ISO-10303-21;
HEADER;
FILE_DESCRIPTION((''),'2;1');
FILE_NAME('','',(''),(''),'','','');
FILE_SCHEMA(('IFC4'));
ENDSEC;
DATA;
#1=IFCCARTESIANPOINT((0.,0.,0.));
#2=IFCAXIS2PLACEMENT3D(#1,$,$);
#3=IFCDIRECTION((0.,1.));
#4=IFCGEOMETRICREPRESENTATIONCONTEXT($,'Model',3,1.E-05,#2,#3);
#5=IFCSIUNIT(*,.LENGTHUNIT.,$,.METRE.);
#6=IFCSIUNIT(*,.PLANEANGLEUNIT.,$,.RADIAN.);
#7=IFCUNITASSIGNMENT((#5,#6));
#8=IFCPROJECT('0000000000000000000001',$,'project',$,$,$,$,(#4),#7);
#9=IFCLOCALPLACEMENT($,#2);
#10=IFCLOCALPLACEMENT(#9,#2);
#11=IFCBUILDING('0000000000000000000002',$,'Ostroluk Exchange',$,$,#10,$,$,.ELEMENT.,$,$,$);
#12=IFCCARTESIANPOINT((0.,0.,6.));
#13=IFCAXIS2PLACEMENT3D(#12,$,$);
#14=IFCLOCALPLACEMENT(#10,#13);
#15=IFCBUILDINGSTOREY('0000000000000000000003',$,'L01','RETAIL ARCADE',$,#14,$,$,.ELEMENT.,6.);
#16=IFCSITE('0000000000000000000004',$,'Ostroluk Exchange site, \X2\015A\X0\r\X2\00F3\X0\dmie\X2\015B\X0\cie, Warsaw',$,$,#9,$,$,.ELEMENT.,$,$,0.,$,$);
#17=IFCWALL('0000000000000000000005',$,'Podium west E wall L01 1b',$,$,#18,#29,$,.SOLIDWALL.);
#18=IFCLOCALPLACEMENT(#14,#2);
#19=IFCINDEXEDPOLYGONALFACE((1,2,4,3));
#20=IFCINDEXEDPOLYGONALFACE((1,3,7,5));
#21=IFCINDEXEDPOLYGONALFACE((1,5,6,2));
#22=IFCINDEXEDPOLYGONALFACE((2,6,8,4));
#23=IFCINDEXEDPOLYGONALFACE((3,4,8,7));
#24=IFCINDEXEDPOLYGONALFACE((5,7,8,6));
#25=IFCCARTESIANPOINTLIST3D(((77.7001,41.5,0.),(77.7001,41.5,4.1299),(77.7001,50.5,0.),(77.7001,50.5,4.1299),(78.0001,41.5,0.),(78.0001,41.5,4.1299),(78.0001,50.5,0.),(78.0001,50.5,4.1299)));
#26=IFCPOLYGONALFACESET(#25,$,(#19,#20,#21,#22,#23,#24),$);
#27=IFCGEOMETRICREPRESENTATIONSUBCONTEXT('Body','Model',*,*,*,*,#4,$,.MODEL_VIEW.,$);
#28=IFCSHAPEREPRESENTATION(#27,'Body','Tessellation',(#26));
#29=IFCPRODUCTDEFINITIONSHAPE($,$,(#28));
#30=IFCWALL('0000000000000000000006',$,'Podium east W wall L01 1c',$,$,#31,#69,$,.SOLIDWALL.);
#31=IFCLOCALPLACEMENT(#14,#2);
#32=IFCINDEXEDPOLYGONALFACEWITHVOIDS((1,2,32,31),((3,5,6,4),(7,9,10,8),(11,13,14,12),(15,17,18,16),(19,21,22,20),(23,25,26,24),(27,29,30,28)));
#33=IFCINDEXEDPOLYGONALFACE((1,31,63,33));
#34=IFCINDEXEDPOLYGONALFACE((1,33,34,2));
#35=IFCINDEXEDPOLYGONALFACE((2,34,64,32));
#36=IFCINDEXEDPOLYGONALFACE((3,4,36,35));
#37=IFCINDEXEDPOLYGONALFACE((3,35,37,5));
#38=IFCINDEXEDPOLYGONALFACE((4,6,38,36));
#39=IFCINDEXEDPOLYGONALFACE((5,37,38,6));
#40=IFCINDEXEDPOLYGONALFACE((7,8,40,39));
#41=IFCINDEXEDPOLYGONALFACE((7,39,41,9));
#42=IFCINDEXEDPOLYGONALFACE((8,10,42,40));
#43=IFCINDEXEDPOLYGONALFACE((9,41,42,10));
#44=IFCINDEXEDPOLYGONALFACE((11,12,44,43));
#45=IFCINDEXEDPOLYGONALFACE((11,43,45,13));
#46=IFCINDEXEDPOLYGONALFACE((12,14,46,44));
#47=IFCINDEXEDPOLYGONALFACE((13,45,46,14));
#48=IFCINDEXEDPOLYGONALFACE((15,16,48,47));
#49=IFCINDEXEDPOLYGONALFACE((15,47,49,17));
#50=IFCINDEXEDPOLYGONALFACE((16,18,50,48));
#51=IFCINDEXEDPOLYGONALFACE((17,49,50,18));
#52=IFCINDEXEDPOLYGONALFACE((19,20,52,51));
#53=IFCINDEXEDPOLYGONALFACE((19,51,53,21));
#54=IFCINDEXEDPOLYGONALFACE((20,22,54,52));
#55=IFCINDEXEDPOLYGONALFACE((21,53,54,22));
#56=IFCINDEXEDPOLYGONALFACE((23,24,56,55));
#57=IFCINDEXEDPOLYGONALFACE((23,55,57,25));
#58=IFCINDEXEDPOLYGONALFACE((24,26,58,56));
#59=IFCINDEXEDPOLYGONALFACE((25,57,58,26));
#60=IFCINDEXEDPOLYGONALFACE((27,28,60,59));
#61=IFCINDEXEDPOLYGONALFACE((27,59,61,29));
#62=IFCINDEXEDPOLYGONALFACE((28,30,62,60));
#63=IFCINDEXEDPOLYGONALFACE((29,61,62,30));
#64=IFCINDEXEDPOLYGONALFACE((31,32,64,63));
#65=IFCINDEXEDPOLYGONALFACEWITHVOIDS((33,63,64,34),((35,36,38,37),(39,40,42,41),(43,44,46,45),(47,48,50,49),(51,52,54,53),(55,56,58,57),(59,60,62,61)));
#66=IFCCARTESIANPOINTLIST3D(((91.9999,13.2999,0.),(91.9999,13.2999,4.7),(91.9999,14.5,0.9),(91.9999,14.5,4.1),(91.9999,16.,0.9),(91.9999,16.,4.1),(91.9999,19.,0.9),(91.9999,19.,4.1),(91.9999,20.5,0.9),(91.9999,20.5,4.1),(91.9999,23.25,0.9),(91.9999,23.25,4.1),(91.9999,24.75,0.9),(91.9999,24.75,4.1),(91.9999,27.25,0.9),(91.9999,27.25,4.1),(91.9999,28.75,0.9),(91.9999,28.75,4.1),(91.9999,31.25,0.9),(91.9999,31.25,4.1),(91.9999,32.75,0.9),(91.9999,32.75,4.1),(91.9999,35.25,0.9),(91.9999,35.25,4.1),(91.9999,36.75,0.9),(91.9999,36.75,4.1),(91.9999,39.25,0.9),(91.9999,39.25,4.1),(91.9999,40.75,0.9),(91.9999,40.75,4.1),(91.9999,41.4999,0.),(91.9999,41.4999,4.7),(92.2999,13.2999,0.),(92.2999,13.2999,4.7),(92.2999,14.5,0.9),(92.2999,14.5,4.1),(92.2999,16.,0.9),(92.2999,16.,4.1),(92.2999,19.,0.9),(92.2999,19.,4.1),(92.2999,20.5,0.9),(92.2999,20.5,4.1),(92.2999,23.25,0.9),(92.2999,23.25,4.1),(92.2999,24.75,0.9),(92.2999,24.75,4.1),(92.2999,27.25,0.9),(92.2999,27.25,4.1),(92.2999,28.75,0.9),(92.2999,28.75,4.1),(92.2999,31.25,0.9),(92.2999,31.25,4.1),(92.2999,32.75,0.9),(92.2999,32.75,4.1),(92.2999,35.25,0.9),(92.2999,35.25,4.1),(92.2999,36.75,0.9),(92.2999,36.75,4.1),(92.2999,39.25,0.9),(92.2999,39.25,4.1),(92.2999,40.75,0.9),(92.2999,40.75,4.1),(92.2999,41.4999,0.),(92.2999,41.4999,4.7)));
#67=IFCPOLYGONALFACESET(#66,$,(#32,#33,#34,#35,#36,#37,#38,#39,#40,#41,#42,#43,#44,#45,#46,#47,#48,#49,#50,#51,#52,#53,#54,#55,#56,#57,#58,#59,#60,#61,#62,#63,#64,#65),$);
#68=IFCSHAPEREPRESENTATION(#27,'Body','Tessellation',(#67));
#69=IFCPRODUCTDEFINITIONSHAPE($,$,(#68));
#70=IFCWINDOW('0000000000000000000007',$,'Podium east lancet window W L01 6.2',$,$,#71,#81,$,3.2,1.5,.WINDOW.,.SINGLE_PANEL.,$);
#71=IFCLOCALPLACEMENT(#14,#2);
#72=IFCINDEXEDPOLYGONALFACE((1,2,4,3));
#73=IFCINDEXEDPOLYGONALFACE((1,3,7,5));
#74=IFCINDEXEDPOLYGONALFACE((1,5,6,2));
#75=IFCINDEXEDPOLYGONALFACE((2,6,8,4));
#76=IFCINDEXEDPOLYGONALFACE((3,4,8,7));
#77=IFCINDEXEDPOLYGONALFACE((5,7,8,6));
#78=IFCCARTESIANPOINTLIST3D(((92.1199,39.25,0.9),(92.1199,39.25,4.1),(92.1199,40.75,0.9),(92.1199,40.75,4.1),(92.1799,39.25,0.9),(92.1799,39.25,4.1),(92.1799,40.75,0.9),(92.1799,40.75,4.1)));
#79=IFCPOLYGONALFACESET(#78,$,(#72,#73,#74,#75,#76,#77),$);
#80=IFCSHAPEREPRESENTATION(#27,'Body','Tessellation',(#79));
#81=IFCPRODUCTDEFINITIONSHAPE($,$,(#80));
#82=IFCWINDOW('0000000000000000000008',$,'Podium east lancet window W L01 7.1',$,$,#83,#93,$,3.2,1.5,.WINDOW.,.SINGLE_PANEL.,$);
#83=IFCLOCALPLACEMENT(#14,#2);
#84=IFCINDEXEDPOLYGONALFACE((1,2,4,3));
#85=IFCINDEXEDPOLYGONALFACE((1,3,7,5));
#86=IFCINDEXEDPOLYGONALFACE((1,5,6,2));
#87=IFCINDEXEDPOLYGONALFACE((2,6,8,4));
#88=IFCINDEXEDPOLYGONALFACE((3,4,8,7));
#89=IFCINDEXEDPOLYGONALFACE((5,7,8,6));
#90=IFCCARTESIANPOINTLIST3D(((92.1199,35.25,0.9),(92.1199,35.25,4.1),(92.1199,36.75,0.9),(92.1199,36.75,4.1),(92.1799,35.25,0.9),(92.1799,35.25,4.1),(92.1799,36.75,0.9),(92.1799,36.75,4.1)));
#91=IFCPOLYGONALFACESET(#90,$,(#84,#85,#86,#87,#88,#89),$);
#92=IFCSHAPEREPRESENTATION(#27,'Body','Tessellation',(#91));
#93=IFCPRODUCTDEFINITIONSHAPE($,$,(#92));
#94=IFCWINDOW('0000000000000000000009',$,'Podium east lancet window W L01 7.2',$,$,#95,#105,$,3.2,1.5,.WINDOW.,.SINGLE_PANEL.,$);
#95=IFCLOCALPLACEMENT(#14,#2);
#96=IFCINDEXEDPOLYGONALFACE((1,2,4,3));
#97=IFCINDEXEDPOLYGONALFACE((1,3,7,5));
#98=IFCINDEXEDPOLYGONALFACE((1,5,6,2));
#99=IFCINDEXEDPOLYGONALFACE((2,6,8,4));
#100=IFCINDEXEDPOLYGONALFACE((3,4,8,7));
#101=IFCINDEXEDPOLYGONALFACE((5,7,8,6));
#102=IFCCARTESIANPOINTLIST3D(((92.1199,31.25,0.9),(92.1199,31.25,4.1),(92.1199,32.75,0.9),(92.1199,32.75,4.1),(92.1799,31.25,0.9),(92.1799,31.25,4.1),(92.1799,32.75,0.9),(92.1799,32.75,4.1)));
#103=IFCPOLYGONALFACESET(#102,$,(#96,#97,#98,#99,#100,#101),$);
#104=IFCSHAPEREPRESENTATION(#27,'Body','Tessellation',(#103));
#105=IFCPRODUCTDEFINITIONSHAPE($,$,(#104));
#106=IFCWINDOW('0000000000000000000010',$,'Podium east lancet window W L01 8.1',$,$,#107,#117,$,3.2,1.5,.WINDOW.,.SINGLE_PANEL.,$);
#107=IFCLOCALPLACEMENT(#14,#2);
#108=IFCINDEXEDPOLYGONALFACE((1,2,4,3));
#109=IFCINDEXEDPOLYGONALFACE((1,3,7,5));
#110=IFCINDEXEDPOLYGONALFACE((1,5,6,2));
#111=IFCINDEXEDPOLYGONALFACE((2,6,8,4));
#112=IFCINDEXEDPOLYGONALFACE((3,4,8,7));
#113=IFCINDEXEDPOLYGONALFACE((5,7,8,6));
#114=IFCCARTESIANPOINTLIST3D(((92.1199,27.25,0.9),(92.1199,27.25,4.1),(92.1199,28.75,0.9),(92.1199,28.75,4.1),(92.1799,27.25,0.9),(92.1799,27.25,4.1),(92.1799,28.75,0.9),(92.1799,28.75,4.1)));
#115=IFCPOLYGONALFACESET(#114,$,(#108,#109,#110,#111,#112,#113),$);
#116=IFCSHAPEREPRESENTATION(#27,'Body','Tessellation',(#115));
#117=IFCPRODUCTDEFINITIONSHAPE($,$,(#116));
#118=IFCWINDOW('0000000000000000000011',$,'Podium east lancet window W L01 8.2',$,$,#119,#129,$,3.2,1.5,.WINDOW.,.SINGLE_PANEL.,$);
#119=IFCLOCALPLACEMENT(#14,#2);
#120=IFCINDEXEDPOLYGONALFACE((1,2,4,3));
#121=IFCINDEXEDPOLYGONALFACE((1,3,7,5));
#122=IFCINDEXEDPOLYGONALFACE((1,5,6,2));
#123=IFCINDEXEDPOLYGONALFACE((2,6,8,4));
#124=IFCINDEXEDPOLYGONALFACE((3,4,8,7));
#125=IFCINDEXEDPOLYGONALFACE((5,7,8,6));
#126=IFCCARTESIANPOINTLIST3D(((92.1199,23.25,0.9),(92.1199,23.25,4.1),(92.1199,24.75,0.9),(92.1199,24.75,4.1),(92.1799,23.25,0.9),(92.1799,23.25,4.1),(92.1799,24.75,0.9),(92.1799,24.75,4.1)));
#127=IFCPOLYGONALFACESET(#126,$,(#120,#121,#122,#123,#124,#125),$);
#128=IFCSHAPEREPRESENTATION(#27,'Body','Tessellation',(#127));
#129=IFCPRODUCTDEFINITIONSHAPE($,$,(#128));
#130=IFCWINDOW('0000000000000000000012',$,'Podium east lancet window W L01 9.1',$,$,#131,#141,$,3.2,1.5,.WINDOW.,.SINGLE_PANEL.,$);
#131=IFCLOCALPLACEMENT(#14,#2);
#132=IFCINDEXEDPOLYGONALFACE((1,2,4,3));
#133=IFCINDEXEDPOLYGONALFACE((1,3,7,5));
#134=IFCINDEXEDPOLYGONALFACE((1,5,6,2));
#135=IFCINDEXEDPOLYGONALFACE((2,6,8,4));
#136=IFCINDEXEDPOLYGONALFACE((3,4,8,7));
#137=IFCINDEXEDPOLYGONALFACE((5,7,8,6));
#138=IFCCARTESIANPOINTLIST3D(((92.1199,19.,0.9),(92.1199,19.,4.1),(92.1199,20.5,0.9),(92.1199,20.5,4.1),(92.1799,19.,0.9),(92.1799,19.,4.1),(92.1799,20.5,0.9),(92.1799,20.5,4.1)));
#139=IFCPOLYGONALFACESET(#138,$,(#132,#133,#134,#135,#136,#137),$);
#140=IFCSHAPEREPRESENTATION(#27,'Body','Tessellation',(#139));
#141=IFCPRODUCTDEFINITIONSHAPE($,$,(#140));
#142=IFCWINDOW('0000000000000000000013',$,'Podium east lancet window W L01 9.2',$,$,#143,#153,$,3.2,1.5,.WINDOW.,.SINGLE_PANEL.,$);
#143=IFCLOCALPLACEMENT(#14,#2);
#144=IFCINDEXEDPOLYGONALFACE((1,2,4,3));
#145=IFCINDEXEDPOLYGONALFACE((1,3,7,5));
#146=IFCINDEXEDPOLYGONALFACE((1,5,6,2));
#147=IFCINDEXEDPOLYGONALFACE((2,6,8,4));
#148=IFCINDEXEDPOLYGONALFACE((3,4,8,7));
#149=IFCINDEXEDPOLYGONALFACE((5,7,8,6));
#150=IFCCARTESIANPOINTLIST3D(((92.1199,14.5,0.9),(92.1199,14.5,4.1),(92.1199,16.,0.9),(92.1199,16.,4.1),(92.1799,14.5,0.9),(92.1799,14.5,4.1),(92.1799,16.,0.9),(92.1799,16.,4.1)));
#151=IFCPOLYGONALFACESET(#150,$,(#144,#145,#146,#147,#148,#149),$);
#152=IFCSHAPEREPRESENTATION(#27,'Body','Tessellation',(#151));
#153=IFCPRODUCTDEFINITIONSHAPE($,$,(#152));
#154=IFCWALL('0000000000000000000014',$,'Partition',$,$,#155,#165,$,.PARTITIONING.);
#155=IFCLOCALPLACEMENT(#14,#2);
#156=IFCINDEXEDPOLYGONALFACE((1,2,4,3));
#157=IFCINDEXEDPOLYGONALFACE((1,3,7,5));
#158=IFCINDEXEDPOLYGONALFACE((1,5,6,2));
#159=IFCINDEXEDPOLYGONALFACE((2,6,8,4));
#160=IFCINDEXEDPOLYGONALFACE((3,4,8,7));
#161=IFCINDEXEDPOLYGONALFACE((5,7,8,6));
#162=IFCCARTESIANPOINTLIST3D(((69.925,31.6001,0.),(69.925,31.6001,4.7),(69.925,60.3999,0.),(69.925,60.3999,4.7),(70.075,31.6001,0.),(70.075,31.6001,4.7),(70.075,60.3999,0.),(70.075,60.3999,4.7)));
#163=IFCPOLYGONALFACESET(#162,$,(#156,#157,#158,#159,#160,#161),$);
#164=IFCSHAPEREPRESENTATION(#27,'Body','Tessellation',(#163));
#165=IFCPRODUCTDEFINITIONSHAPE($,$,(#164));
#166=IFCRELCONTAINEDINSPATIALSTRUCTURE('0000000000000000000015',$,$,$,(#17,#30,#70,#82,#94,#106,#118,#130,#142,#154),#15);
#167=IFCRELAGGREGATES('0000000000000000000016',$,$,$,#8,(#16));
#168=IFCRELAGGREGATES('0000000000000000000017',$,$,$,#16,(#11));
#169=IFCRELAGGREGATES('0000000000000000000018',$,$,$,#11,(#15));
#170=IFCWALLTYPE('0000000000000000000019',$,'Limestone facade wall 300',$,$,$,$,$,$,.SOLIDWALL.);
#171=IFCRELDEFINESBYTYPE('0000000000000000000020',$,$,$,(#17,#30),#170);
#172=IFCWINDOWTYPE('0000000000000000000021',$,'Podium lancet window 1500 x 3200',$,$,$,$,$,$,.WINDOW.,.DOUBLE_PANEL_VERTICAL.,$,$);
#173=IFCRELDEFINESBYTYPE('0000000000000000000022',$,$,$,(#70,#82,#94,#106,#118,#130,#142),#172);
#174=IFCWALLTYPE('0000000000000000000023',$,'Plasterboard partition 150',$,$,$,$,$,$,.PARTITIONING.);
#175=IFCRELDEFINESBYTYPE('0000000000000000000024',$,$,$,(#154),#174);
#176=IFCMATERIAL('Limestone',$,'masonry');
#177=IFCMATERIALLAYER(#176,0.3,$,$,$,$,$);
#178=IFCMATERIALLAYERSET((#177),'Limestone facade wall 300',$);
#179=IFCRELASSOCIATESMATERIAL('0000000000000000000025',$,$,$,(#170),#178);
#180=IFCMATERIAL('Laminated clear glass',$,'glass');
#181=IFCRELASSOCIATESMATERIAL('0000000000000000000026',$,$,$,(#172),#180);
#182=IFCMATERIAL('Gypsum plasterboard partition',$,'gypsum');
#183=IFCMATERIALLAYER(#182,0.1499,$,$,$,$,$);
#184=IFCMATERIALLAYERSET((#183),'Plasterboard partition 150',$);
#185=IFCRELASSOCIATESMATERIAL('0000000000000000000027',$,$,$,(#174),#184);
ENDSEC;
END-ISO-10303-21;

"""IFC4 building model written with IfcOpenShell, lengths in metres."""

from ifc_helpers import new_model, si_unit, direction, frame, frame_2d, origin, place, context, subcontext, project, spatial, rectangle, extrude, material, layer, layer_set, type_object, element, fill, save


model = new_model("IFC4")

# Units and contexts
model_context = context("Model", 3, precision=1e-05, world=origin(), true_north=direction((0.0, 1.0)))
body_context = subcontext(model_context, "Body", "Model", "MODEL_VIEW")
ifc_project = project(units=[si_unit("LENGTHUNIT", "METRE"), si_unit("PLANEANGLEUNIT", "RADIAN")], contexts=[model_context])

# Site, building, storey
site_placement = place(None, origin())
site = spatial("IfcSite", under=ifc_project, at=site_placement, Name="Ostroluk Exchange site, Śródmieście, Warsaw", CompositionType="ELEMENT", RefElevation=0.0)
building_placement = place(site_placement, origin())
building = spatial("IfcBuilding", under=site, at=building_placement, Name="Ostroluk Exchange", CompositionType="ELEMENT")
storey_placement = place(building_placement, frame((0.0, 0.0, 6.0)))
storey = spatial("IfcBuildingStorey", under=building, at=storey_placement, Name="L01", Description="RETAIL ARCADE", CompositionType="ELEMENT", Elevation=6.0)

# Wall
ifc_material_1 = material(Name="Limestone", Category="masonry")
ifc_layer_1 = layer(ifc_material_1, 0.3)
ifc_layer_set_1 = layer_set([ifc_layer_1], Name="Limestone facade wall 300")
wall_type_1 = type_object("IfcWallType", Name="Limestone facade wall 300", PredefinedType="SOLIDWALL", material=ifc_layer_set_1)
wall_1_placement = place(storey_placement, frame((77.8501, 41.5, 0.0), z_axis=(0.0, 0.0, 1.0), x_axis=(0.0, 1.0, 0.0)))
element("IfcWall", 1, at=wall_1_placement, inside=storey, type_object=wall_type_1, Name="Podium west E wall L01 1b", PredefinedType="SOLIDWALL", context=body_context, shape_type="SweptSolid", body=[
    extrude(rectangle(XDim=9.0, YDim=0.3, at=frame_2d((4.5, 0.0))), origin(), (0.0, 0.0, 1.0), 4.1299),
])

# Wall, openings, windows
wall_2_placement = place(storey_placement, frame((92.1499, 41.5, 0.0), z_axis=(0.0, 0.0, 1.0), x_axis=(0.0, -1.0, 0.0)))
wall_2 = element("IfcWall", 2, at=wall_2_placement, inside=storey, type_object=wall_type_1, Name="Podium east W wall L01 1c", PredefinedType="SOLIDWALL", context=body_context, shape_type="SweptSolid", body=[
    extrude(rectangle(XDim=28.2, YDim=0.3, at=frame_2d((14.1001, 0.0))), origin(), (0.0, 0.0, 1.0), 4.7),
])
opening_1_placement = place(wall_2_placement, frame((0.75, 0.0, 0.8999)))
opening_1 = element("IfcOpeningElement", 3, at=opening_1_placement, cuts=wall_2, PredefinedType="OPENING", context=body_context, shape_type="SweptSolid", body=[
    extrude(rectangle(XDim=1.5, YDim=3.2, at=frame_2d((0.75, 1.6001))), frame((0.0, 0.1599, 0.0), z_axis=(0.0, -1.0, 0.0), x_axis=(1.0, 0.0, 0.0)), (0.0, 0.0, 1.0), 0.3201),
])
opening_2_placement = place(wall_2_placement, frame((4.75, 0.0, 0.8999)))
opening_2 = element("IfcOpeningElement", 4, at=opening_2_placement, cuts=wall_2, PredefinedType="OPENING", context=body_context, shape_type="SweptSolid", body=[
    extrude(rectangle(XDim=1.5, YDim=3.2, at=frame_2d((0.75, 1.6001))), frame((0.0, 0.1599, 0.0), z_axis=(0.0, -1.0, 0.0), x_axis=(1.0, 0.0, 0.0)), (0.0, 0.0, 1.0), 0.3201),
])
opening_3_placement = place(wall_2_placement, frame((8.75, 0.0, 0.8999)))
opening_3 = element("IfcOpeningElement", 5, at=opening_3_placement, cuts=wall_2, PredefinedType="OPENING", context=body_context, shape_type="SweptSolid", body=[
    extrude(rectangle(XDim=1.5, YDim=3.2, at=frame_2d((0.75, 1.6001))), frame((0.0, 0.1599, 0.0), z_axis=(0.0, -1.0, 0.0), x_axis=(1.0, 0.0, 0.0)), (0.0, 0.0, 1.0), 0.3201),
])
opening_4_placement = place(wall_2_placement, frame((12.75, 0.0, 0.8999)))
opening_4 = element("IfcOpeningElement", 6, at=opening_4_placement, cuts=wall_2, PredefinedType="OPENING", context=body_context, shape_type="SweptSolid", body=[
    extrude(rectangle(XDim=1.5, YDim=3.2, at=frame_2d((0.75, 1.6001))), frame((0.0, 0.1599, 0.0), z_axis=(0.0, -1.0, 0.0), x_axis=(1.0, 0.0, 0.0)), (0.0, 0.0, 1.0), 0.3201),
])
opening_5_placement = place(wall_2_placement, frame((16.75, 0.0, 0.8999)))
opening_5 = element("IfcOpeningElement", 7, at=opening_5_placement, cuts=wall_2, PredefinedType="OPENING", context=body_context, shape_type="SweptSolid", body=[
    extrude(rectangle(XDim=1.5, YDim=3.2, at=frame_2d((0.75, 1.6001))), frame((0.0, 0.1599, 0.0), z_axis=(0.0, -1.0, 0.0), x_axis=(1.0, 0.0, 0.0)), (0.0, 0.0, 1.0), 0.3201),
])
opening_6_placement = place(wall_2_placement, frame((21.0, 0.0, 0.8999)))
opening_6 = element("IfcOpeningElement", 8, at=opening_6_placement, cuts=wall_2, PredefinedType="OPENING", context=body_context, shape_type="SweptSolid", body=[
    extrude(rectangle(XDim=1.5, YDim=3.2, at=frame_2d((0.75, 1.6001))), frame((0.0, 0.1599, 0.0), z_axis=(0.0, -1.0, 0.0), x_axis=(1.0, 0.0, 0.0)), (0.0, 0.0, 1.0), 0.3201),
])
opening_7_placement = place(wall_2_placement, frame((25.5, 0.0, 0.8999)))
opening_7 = element("IfcOpeningElement", 9, at=opening_7_placement, cuts=wall_2, PredefinedType="OPENING", context=body_context, shape_type="SweptSolid", body=[
    extrude(rectangle(XDim=1.5, YDim=3.2, at=frame_2d((0.75, 1.6001))), frame((0.0, 0.1599, 0.0), z_axis=(0.0, -1.0, 0.0), x_axis=(1.0, 0.0, 0.0)), (0.0, 0.0, 1.0), 0.3201),
])
ifc_material_2 = material(Name="Laminated clear glass", Category="glass")
window_type = type_object("IfcWindowType", Name="Podium lancet window 1500 x 3200", PartitioningType="DOUBLE_PANEL_VERTICAL", PredefinedType="WINDOW", material=ifc_material_2)
window_1_placement = place(opening_1_placement, origin())
window_1 = element("IfcWindow", 10, at=window_1_placement, inside=storey, type_object=window_type, Name="Podium east lancet window W L01 6.2", OverallHeight=3.2, OverallWidth=1.5, PartitioningType="SINGLE_PANEL", PredefinedType="WINDOW", context=body_context, shape_type="SweptSolid", body=[
    extrude(rectangle(XDim=1.5, YDim=3.2, at=frame_2d((0.75, 1.6001))), frame((0.0, 0.03, 0.0), z_axis=(0.0, -1.0, 0.0), x_axis=(1.0, 0.0, 0.0)), (0.0, 0.0, 1.0), 0.0601),
])
fill(opening_1, window_1)
window_2_placement = place(opening_2_placement, origin())
window_2 = element("IfcWindow", 11, at=window_2_placement, inside=storey, type_object=window_type, Name="Podium east lancet window W L01 7.1", OverallHeight=3.2, OverallWidth=1.5, PartitioningType="SINGLE_PANEL", PredefinedType="WINDOW", context=body_context, shape_type="SweptSolid", body=[
    extrude(rectangle(XDim=1.5, YDim=3.2, at=frame_2d((0.75, 1.6001))), frame((0.0, 0.03, 0.0), z_axis=(0.0, -1.0, 0.0), x_axis=(1.0, 0.0, 0.0)), (0.0, 0.0, 1.0), 0.0601),
])
fill(opening_2, window_2)
window_3_placement = place(opening_3_placement, origin())
window_3 = element("IfcWindow", 12, at=window_3_placement, inside=storey, type_object=window_type, Name="Podium east lancet window W L01 7.2", OverallHeight=3.2, OverallWidth=1.5, PartitioningType="SINGLE_PANEL", PredefinedType="WINDOW", context=body_context, shape_type="SweptSolid", body=[
    extrude(rectangle(XDim=1.5, YDim=3.2, at=frame_2d((0.75, 1.6001))), frame((0.0, 0.03, 0.0), z_axis=(0.0, -1.0, 0.0), x_axis=(1.0, 0.0, 0.0)), (0.0, 0.0, 1.0), 0.0601),
])
fill(opening_3, window_3)
window_4_placement = place(opening_4_placement, origin())
window_4 = element("IfcWindow", 13, at=window_4_placement, inside=storey, type_object=window_type, Name="Podium east lancet window W L01 8.1", OverallHeight=3.2, OverallWidth=1.5, PartitioningType="SINGLE_PANEL", PredefinedType="WINDOW", context=body_context, shape_type="SweptSolid", body=[
    extrude(rectangle(XDim=1.5, YDim=3.2, at=frame_2d((0.75, 1.6001))), frame((0.0, 0.03, 0.0), z_axis=(0.0, -1.0, 0.0), x_axis=(1.0, 0.0, 0.0)), (0.0, 0.0, 1.0), 0.0601),
])
fill(opening_4, window_4)
window_5_placement = place(opening_5_placement, origin())
window_5 = element("IfcWindow", 14, at=window_5_placement, inside=storey, type_object=window_type, Name="Podium east lancet window W L01 8.2", OverallHeight=3.2, OverallWidth=1.5, PartitioningType="SINGLE_PANEL", PredefinedType="WINDOW", context=body_context, shape_type="SweptSolid", body=[
    extrude(rectangle(XDim=1.5, YDim=3.2, at=frame_2d((0.75, 1.6001))), frame((0.0, 0.03, 0.0), z_axis=(0.0, -1.0, 0.0), x_axis=(1.0, 0.0, 0.0)), (0.0, 0.0, 1.0), 0.0601),
])
fill(opening_5, window_5)
window_6_placement = place(opening_6_placement, origin())
window_6 = element("IfcWindow", 15, at=window_6_placement, inside=storey, type_object=window_type, Name="Podium east lancet window W L01 9.1", OverallHeight=3.2, OverallWidth=1.5, PartitioningType="SINGLE_PANEL", PredefinedType="WINDOW", context=body_context, shape_type="SweptSolid", body=[
    extrude(rectangle(XDim=1.5, YDim=3.2, at=frame_2d((0.75, 1.6001))), frame((0.0, 0.03, 0.0), z_axis=(0.0, -1.0, 0.0), x_axis=(1.0, 0.0, 0.0)), (0.0, 0.0, 1.0), 0.0601),
])
fill(opening_6, window_6)
window_7_placement = place(opening_7_placement, origin())
window_7 = element("IfcWindow", 16, at=window_7_placement, inside=storey, type_object=window_type, Name="Podium east lancet window W L01 9.2", OverallHeight=3.2, OverallWidth=1.5, PartitioningType="SINGLE_PANEL", PredefinedType="WINDOW", context=body_context, shape_type="SweptSolid", body=[
    extrude(rectangle(XDim=1.5, YDim=3.2, at=frame_2d((0.75, 1.6001))), frame((0.0, 0.03, 0.0), z_axis=(0.0, -1.0, 0.0), x_axis=(1.0, 0.0, 0.0)), (0.0, 0.0, 1.0), 0.0601),
])
fill(opening_7, window_7)

# Wall
ifc_material_3 = material(Name="Gypsum plasterboard partition", Category="gypsum")
ifc_layer_2 = layer(ifc_material_3, 0.1499)
ifc_layer_set_2 = layer_set([ifc_layer_2], Name="Plasterboard partition 150")
wall_type_2 = type_object("IfcWallType", Name="Plasterboard partition 150", PredefinedType="PARTITIONING", material=ifc_layer_set_2)
wall_3_placement = place(storey_placement, frame((70.0, 31.6001, 0.0), z_axis=(0.0, 0.0, 1.0), x_axis=(0.0, 1.0, 0.0)))
element("IfcWall", 17, at=wall_3_placement, inside=storey, type_object=wall_type_2, Name="Partition", PredefinedType="PARTITIONING", context=body_context, shape_type="SweptSolid", body=[
    extrude(rectangle(XDim=28.7998, YDim=0.1499, at=frame_2d((14.3999, 0.0))), origin(), (0.0, 0.0, 1.0), 4.7),
])

save(model, "model.ifc")
